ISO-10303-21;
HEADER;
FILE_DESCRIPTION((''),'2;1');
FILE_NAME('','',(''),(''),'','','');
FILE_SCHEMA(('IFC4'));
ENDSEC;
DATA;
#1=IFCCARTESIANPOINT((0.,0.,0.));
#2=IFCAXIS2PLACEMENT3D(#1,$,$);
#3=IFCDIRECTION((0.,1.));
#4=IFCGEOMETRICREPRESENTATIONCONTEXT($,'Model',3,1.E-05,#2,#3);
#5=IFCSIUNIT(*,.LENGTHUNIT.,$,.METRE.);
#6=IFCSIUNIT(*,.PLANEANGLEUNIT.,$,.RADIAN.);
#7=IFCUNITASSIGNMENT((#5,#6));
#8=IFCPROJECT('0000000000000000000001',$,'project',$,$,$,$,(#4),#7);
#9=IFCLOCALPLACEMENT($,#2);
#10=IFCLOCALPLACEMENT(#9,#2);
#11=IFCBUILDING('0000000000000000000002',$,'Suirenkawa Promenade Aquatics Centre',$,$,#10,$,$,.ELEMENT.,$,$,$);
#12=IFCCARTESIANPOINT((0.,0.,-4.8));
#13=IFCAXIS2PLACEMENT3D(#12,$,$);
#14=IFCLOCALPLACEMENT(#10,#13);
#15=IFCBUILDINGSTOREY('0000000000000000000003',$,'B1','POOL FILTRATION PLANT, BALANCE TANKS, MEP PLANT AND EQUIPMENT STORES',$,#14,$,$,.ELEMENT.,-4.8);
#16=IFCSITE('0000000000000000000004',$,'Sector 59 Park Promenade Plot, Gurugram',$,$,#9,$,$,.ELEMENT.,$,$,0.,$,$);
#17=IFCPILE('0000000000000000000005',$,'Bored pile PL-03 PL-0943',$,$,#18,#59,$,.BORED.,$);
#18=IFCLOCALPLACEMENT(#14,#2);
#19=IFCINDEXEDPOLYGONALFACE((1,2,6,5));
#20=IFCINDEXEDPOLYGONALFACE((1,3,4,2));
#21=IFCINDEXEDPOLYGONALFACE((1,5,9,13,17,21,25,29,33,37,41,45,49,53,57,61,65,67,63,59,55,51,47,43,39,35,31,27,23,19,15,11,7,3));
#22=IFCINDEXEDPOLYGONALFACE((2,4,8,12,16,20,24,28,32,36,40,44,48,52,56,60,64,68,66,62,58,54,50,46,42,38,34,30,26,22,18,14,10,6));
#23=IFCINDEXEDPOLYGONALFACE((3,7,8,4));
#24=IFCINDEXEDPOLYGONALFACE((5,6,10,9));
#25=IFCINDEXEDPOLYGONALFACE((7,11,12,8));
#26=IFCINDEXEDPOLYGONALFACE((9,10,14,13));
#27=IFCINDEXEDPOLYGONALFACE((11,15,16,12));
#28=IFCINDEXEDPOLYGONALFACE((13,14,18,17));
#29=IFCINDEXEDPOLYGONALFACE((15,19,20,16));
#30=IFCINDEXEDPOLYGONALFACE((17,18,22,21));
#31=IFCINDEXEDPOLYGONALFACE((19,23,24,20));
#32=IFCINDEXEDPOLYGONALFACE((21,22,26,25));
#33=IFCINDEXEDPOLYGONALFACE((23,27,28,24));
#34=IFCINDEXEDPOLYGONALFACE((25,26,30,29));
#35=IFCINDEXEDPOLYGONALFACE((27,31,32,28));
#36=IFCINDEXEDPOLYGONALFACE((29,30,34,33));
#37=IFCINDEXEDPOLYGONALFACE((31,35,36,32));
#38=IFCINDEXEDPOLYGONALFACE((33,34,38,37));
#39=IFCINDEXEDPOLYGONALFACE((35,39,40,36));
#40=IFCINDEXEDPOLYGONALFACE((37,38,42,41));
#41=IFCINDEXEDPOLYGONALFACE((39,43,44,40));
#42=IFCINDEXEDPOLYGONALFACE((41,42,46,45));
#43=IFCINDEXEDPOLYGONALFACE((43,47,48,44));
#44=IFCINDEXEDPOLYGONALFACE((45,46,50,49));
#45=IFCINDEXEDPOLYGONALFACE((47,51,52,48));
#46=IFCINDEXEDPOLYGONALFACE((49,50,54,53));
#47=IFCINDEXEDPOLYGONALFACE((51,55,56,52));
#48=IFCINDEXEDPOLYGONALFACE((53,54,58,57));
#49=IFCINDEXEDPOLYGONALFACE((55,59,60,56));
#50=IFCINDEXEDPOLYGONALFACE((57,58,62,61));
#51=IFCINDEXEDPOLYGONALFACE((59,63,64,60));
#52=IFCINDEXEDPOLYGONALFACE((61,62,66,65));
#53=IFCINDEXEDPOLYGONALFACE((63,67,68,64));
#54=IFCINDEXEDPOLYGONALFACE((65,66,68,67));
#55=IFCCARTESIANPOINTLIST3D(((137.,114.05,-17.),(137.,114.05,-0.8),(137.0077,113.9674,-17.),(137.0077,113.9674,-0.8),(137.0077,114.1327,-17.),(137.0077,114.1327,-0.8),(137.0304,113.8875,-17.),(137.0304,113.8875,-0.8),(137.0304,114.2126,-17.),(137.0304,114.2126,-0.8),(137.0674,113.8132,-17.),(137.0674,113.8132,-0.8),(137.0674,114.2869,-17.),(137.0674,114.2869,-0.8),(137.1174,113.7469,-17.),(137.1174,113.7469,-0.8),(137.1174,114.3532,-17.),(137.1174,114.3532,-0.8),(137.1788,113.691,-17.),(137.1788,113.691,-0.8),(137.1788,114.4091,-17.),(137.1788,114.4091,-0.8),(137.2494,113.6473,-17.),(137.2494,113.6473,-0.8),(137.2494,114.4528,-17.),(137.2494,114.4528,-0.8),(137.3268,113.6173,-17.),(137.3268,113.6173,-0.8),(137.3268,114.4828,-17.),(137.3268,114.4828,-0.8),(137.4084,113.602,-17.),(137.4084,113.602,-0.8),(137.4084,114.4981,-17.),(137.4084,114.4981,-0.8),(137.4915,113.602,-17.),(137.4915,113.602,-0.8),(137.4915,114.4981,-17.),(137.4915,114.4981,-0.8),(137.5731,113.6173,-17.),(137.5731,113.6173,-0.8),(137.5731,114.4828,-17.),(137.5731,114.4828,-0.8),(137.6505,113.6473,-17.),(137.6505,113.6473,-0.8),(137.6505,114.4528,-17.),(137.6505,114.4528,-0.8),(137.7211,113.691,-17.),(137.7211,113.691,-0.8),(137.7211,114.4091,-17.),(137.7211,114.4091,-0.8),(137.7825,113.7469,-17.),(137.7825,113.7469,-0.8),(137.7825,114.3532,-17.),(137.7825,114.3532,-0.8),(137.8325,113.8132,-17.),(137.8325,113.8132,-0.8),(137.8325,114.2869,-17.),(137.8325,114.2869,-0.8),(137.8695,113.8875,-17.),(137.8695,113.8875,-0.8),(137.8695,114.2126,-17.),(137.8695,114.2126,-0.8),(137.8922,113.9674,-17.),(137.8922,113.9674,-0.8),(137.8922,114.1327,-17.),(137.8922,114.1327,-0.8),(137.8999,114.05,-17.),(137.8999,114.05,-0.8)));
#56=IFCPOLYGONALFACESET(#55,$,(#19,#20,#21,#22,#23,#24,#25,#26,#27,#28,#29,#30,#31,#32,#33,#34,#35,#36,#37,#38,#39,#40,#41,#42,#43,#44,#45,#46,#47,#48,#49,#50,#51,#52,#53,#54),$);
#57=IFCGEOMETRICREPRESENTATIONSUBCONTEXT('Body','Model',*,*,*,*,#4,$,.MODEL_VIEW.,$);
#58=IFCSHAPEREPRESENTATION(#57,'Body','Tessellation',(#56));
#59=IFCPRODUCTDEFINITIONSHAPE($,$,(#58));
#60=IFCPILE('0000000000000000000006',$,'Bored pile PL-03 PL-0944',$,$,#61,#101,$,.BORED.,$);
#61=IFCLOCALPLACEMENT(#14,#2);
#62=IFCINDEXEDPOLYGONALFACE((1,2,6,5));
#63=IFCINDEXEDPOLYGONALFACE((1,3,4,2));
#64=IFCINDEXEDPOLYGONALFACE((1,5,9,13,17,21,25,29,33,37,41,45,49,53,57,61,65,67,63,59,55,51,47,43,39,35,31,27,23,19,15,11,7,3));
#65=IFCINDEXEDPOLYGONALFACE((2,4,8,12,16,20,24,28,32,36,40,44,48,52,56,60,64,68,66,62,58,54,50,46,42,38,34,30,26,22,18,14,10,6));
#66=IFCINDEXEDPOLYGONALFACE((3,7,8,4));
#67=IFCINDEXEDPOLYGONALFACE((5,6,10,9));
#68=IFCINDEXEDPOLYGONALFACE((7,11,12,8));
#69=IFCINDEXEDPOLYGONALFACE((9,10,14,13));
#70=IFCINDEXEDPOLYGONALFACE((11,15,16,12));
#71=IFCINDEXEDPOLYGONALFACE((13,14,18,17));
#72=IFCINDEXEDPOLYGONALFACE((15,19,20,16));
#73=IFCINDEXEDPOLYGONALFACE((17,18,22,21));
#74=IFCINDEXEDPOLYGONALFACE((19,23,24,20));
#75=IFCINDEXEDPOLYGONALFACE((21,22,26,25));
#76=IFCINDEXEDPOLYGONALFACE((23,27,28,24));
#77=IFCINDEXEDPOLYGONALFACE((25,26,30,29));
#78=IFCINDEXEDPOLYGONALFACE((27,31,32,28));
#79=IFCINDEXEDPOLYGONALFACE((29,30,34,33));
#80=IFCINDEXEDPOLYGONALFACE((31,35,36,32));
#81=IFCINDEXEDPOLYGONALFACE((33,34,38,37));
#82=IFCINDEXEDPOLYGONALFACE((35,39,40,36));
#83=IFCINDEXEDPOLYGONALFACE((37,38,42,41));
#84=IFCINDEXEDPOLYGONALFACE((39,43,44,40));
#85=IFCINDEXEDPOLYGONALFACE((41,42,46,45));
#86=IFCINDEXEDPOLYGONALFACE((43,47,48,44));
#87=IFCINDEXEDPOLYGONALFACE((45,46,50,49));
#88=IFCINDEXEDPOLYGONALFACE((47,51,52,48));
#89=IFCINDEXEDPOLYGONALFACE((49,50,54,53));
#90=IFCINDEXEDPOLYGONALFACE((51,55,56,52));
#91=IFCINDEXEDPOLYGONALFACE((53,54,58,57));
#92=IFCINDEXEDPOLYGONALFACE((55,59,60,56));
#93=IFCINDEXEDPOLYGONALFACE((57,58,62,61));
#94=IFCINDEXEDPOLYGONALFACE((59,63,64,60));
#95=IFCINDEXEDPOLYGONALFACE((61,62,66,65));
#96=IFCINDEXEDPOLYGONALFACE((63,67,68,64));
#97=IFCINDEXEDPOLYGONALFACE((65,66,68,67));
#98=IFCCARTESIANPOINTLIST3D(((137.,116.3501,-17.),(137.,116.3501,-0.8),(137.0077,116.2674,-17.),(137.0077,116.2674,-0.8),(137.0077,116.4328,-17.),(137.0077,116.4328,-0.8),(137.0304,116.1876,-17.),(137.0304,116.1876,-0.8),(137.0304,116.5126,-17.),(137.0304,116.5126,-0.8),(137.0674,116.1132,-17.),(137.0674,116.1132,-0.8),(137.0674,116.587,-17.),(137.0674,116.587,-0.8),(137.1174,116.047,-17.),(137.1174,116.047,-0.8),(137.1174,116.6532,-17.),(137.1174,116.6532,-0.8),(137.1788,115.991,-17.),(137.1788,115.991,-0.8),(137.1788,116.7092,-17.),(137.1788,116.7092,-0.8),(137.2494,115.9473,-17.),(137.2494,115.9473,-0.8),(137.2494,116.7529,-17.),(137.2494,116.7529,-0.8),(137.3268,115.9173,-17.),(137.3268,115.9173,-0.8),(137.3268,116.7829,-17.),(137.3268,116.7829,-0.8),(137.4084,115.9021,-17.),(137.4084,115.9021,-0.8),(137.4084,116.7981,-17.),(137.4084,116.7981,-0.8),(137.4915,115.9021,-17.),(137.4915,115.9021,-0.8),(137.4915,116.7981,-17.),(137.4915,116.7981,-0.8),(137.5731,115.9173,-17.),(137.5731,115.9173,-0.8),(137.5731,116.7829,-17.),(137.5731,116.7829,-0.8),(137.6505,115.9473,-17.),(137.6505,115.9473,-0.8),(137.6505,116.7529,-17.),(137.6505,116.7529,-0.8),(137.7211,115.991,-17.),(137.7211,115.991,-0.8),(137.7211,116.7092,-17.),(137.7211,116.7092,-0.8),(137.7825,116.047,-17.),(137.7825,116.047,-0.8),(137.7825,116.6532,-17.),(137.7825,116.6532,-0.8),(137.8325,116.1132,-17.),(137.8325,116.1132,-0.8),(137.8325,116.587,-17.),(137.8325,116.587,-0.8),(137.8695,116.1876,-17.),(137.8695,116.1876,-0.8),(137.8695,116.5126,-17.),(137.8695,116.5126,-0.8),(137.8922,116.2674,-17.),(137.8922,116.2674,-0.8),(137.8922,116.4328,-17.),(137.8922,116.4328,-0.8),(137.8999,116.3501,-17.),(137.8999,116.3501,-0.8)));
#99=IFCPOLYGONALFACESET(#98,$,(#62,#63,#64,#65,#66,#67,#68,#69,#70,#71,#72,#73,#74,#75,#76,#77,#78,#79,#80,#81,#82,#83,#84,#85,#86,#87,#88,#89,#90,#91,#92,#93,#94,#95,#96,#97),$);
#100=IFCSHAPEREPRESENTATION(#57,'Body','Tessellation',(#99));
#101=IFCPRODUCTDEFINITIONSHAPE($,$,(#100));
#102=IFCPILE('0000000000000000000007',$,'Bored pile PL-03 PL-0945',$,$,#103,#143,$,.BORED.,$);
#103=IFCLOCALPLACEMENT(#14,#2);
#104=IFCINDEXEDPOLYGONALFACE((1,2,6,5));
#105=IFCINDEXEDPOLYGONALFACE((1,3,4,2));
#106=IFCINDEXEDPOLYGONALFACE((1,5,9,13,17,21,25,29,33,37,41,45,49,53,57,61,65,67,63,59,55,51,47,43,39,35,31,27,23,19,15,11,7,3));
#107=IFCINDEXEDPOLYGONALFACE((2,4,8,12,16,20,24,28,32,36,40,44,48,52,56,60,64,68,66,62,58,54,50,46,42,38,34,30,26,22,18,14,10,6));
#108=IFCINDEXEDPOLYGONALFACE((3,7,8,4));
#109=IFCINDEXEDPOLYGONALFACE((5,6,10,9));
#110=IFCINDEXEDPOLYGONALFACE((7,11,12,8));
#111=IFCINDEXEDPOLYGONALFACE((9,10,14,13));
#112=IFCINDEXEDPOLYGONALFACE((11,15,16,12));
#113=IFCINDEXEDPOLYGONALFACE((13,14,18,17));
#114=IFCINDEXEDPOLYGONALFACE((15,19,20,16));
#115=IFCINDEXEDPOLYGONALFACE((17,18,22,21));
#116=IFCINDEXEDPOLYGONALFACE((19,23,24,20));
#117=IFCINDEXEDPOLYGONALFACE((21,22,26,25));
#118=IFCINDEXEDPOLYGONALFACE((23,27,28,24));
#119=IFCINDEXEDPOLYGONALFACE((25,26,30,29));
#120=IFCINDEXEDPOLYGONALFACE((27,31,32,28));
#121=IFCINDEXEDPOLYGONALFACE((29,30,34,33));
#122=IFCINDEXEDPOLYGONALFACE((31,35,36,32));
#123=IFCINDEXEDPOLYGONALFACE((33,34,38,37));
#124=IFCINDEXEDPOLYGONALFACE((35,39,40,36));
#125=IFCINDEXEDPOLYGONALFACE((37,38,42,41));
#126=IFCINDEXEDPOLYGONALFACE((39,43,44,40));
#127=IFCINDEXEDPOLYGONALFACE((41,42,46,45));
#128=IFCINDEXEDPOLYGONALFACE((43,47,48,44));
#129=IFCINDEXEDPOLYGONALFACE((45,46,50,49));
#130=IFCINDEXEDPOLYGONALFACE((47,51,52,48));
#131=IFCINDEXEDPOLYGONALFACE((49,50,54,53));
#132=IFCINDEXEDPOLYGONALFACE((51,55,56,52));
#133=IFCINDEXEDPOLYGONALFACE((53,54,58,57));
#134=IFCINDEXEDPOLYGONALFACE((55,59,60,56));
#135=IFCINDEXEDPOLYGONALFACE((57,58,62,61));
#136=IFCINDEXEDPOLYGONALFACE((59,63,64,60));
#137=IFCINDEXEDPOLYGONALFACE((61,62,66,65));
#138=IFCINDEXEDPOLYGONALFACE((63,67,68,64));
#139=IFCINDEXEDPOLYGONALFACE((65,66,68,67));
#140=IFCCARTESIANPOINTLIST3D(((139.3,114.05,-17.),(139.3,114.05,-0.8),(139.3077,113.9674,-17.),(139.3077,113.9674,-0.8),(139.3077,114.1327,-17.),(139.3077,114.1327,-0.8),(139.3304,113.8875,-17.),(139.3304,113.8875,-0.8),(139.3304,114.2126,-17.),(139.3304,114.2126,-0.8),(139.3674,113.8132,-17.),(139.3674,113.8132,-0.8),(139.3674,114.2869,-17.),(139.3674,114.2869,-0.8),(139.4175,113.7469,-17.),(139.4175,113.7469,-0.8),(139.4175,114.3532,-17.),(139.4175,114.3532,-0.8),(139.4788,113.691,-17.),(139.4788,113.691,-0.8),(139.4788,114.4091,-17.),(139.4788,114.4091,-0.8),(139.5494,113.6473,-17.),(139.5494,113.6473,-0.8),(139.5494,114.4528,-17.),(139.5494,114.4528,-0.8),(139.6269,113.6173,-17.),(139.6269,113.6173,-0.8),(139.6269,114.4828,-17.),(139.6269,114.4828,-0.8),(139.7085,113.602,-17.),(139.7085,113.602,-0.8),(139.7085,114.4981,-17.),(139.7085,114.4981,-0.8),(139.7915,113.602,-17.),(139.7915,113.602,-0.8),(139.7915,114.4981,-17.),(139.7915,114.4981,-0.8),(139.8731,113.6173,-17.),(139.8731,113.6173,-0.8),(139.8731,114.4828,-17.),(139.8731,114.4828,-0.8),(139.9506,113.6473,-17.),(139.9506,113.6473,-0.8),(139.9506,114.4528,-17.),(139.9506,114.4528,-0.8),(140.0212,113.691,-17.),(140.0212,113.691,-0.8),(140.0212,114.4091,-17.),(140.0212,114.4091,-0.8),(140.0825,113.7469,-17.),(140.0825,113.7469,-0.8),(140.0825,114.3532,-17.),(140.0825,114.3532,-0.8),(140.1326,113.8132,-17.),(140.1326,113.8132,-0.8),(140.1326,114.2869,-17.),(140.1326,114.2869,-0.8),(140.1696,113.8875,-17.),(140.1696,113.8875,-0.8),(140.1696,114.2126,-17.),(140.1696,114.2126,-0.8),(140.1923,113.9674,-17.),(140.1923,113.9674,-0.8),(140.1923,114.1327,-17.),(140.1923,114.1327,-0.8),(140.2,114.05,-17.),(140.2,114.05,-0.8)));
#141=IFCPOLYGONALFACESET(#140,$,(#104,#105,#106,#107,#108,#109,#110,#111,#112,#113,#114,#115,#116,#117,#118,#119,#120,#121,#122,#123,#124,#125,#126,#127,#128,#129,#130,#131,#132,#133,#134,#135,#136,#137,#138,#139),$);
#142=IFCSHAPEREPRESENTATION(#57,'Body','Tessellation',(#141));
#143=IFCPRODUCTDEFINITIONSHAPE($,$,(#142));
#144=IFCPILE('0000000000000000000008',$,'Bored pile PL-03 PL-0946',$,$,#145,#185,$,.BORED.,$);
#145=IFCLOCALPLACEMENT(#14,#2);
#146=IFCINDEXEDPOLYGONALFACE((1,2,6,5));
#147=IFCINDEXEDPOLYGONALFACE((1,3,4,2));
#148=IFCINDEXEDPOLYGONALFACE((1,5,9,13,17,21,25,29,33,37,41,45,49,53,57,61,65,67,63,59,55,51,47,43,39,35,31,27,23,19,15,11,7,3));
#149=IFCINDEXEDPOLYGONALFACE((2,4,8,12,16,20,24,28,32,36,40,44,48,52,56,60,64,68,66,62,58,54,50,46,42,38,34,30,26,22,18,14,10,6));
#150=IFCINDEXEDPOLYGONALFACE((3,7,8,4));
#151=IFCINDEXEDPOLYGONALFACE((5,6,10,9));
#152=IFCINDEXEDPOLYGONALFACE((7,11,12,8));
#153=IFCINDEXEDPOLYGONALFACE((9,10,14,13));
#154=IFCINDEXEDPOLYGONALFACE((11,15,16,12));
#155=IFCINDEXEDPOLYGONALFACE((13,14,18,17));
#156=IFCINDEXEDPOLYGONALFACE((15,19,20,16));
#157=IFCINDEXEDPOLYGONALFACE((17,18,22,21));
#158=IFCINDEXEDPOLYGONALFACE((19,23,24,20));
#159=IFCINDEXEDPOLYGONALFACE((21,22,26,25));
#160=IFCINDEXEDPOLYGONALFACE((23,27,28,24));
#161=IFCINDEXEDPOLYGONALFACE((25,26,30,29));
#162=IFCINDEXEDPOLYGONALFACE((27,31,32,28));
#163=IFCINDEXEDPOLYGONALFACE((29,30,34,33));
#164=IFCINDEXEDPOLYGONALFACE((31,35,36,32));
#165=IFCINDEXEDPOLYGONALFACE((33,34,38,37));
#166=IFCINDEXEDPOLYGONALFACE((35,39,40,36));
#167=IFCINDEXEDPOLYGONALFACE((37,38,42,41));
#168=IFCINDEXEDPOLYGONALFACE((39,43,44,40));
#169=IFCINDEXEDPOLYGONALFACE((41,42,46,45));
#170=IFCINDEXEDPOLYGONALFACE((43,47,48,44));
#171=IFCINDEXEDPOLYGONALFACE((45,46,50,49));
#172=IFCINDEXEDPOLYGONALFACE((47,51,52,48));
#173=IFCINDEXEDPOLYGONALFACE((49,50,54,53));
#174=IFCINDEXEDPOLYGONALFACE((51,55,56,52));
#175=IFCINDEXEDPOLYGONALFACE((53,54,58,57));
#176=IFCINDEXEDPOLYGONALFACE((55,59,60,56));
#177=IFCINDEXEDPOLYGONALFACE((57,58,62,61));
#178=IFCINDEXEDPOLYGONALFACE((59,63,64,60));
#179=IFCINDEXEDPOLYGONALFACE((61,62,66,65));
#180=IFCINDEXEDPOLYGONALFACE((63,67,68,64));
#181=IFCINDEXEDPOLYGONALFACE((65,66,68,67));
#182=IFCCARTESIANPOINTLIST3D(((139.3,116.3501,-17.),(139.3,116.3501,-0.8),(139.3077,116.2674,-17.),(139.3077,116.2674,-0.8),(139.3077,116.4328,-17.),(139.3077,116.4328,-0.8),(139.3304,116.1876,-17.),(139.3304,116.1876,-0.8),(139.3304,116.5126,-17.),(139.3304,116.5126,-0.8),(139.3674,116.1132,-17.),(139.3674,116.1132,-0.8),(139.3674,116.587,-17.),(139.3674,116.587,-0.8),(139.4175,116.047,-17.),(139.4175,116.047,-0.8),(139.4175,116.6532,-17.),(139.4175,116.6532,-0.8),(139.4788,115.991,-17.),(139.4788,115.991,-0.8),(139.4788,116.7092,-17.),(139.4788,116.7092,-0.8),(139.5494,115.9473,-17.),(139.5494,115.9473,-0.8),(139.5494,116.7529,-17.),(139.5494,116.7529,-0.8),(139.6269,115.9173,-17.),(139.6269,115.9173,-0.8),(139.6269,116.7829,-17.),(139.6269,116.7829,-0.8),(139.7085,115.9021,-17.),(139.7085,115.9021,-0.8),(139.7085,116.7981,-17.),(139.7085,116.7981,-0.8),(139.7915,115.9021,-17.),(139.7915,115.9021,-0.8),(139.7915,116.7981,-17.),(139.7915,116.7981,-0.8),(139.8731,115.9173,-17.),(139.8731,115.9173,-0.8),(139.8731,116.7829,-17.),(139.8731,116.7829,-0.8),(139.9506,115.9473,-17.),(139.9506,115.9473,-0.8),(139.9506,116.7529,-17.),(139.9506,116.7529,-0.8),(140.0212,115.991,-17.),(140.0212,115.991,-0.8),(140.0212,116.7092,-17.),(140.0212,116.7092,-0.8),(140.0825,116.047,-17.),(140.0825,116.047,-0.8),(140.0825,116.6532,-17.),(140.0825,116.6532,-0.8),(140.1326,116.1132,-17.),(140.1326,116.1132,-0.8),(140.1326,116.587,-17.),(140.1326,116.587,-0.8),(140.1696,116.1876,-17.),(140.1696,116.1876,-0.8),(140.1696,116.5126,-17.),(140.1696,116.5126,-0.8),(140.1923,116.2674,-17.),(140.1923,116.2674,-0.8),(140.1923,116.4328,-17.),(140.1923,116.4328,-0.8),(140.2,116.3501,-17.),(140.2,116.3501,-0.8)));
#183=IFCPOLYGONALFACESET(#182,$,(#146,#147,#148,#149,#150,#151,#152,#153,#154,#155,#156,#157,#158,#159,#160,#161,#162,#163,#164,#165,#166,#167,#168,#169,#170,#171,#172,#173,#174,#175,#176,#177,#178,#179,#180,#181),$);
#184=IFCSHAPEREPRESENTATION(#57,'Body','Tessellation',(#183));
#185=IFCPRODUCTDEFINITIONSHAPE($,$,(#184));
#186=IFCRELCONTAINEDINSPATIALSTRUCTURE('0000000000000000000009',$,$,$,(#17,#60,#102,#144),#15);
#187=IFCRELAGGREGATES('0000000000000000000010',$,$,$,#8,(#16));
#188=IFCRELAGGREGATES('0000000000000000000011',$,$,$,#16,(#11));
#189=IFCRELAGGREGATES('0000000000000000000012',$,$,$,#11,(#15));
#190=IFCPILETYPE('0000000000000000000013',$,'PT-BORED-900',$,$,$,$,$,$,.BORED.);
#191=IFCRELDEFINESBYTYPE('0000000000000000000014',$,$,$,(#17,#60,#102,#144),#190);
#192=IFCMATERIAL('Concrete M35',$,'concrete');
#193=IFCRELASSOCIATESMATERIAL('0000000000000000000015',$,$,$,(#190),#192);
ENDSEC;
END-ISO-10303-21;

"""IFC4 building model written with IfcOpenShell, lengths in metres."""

from ifc_helpers import new_model, si_unit, direction, frame, origin, origin_2d, place, context, subcontext, project, spatial, circle, extrude, material, material_profile, profile_set, type_object, element, save


model = new_model("IFC4")

# Units and contexts
model_context = context("Model", 3, precision=1e-05, world=origin(), true_north=direction((0.0, 1.0)))
body_context = subcontext(model_context, "Body", "Model", "MODEL_VIEW")
ifc_project = project(units=[si_unit("LENGTHUNIT", "METRE"), si_unit("PLANEANGLEUNIT", "RADIAN")], contexts=[model_context])

# Site, building, storey
site_placement = place(None, origin())
site = spatial("IfcSite", under=ifc_project, at=site_placement, Name="Sector 59 Park Promenade Plot, Gurugram", CompositionType="ELEMENT", RefElevation=0.0)
building_placement = place(site_placement, origin())
building = spatial("IfcBuilding", under=site, at=building_placement, Name="Suirenkawa Promenade Aquatics Centre", CompositionType="ELEMENT")
storey_placement = place(building_placement, frame((0.0, 0.0, -4.8)))
storey = spatial("IfcBuildingStorey", under=building, at=storey_placement, Name="B1", Description="POOL FILTRATION PLANT, BALANCE TANKS, MEP PLANT AND EQUIPMENT STORES", CompositionType="ELEMENT", Elevation=-4.8)

# Shared definitions
ifc_material_1 = material(Name="Concrete M35", Category="concrete")

# Piles
ifc_material_profile_1 = material_profile(ifc_material_1, circle(Radius=0.45, at=origin_2d()), Name="PILE D900", Category="concrete")
ifc_profile_set_1 = profile_set([ifc_material_profile_1], Name="Concrete M35")
pile_type_1 = type_object("IfcPileType", Name="PT-BORED-900", PredefinedType="BORED", material=ifc_profile_set_1)
for number, where, z_axis, x_axis, name in (
    (1, (137.45, 114.05, -0.8), (0.0, 0.0, -1.0), (1.0, 0.0, 0.0), "Bored pile PL-03 PL-0943"),
    (2, (137.45, 116.3501, -0.8), (0.0, 0.0, -1.0), (1.0, 0.0, 0.0), "Bored pile PL-03 PL-0944"),
    (3, (139.75, 114.05, -0.8), (0.0, 0.0, -1.0), (1.0, 0.0, 0.0), "Bored pile PL-03 PL-0945"),
    (4, (139.75, 116.3501, -0.8), (0.0, 0.0, -1.0), (1.0, 0.0, 0.0), "Bored pile PL-03 PL-0946"),
):
    element("IfcPile", number, at=place(storey_placement, frame(where, z_axis=z_axis, x_axis=x_axis)), inside=storey, type_object=pile_type_1, Name=name, PredefinedType="BORED", context=body_context, shape_type="SweptSolid", body=[
        extrude(circle(Radius=0.45, at=origin_2d()), origin(), (0.0, 0.0, 1.0), 16.2),
    ])

save(model, "model.ifc")
